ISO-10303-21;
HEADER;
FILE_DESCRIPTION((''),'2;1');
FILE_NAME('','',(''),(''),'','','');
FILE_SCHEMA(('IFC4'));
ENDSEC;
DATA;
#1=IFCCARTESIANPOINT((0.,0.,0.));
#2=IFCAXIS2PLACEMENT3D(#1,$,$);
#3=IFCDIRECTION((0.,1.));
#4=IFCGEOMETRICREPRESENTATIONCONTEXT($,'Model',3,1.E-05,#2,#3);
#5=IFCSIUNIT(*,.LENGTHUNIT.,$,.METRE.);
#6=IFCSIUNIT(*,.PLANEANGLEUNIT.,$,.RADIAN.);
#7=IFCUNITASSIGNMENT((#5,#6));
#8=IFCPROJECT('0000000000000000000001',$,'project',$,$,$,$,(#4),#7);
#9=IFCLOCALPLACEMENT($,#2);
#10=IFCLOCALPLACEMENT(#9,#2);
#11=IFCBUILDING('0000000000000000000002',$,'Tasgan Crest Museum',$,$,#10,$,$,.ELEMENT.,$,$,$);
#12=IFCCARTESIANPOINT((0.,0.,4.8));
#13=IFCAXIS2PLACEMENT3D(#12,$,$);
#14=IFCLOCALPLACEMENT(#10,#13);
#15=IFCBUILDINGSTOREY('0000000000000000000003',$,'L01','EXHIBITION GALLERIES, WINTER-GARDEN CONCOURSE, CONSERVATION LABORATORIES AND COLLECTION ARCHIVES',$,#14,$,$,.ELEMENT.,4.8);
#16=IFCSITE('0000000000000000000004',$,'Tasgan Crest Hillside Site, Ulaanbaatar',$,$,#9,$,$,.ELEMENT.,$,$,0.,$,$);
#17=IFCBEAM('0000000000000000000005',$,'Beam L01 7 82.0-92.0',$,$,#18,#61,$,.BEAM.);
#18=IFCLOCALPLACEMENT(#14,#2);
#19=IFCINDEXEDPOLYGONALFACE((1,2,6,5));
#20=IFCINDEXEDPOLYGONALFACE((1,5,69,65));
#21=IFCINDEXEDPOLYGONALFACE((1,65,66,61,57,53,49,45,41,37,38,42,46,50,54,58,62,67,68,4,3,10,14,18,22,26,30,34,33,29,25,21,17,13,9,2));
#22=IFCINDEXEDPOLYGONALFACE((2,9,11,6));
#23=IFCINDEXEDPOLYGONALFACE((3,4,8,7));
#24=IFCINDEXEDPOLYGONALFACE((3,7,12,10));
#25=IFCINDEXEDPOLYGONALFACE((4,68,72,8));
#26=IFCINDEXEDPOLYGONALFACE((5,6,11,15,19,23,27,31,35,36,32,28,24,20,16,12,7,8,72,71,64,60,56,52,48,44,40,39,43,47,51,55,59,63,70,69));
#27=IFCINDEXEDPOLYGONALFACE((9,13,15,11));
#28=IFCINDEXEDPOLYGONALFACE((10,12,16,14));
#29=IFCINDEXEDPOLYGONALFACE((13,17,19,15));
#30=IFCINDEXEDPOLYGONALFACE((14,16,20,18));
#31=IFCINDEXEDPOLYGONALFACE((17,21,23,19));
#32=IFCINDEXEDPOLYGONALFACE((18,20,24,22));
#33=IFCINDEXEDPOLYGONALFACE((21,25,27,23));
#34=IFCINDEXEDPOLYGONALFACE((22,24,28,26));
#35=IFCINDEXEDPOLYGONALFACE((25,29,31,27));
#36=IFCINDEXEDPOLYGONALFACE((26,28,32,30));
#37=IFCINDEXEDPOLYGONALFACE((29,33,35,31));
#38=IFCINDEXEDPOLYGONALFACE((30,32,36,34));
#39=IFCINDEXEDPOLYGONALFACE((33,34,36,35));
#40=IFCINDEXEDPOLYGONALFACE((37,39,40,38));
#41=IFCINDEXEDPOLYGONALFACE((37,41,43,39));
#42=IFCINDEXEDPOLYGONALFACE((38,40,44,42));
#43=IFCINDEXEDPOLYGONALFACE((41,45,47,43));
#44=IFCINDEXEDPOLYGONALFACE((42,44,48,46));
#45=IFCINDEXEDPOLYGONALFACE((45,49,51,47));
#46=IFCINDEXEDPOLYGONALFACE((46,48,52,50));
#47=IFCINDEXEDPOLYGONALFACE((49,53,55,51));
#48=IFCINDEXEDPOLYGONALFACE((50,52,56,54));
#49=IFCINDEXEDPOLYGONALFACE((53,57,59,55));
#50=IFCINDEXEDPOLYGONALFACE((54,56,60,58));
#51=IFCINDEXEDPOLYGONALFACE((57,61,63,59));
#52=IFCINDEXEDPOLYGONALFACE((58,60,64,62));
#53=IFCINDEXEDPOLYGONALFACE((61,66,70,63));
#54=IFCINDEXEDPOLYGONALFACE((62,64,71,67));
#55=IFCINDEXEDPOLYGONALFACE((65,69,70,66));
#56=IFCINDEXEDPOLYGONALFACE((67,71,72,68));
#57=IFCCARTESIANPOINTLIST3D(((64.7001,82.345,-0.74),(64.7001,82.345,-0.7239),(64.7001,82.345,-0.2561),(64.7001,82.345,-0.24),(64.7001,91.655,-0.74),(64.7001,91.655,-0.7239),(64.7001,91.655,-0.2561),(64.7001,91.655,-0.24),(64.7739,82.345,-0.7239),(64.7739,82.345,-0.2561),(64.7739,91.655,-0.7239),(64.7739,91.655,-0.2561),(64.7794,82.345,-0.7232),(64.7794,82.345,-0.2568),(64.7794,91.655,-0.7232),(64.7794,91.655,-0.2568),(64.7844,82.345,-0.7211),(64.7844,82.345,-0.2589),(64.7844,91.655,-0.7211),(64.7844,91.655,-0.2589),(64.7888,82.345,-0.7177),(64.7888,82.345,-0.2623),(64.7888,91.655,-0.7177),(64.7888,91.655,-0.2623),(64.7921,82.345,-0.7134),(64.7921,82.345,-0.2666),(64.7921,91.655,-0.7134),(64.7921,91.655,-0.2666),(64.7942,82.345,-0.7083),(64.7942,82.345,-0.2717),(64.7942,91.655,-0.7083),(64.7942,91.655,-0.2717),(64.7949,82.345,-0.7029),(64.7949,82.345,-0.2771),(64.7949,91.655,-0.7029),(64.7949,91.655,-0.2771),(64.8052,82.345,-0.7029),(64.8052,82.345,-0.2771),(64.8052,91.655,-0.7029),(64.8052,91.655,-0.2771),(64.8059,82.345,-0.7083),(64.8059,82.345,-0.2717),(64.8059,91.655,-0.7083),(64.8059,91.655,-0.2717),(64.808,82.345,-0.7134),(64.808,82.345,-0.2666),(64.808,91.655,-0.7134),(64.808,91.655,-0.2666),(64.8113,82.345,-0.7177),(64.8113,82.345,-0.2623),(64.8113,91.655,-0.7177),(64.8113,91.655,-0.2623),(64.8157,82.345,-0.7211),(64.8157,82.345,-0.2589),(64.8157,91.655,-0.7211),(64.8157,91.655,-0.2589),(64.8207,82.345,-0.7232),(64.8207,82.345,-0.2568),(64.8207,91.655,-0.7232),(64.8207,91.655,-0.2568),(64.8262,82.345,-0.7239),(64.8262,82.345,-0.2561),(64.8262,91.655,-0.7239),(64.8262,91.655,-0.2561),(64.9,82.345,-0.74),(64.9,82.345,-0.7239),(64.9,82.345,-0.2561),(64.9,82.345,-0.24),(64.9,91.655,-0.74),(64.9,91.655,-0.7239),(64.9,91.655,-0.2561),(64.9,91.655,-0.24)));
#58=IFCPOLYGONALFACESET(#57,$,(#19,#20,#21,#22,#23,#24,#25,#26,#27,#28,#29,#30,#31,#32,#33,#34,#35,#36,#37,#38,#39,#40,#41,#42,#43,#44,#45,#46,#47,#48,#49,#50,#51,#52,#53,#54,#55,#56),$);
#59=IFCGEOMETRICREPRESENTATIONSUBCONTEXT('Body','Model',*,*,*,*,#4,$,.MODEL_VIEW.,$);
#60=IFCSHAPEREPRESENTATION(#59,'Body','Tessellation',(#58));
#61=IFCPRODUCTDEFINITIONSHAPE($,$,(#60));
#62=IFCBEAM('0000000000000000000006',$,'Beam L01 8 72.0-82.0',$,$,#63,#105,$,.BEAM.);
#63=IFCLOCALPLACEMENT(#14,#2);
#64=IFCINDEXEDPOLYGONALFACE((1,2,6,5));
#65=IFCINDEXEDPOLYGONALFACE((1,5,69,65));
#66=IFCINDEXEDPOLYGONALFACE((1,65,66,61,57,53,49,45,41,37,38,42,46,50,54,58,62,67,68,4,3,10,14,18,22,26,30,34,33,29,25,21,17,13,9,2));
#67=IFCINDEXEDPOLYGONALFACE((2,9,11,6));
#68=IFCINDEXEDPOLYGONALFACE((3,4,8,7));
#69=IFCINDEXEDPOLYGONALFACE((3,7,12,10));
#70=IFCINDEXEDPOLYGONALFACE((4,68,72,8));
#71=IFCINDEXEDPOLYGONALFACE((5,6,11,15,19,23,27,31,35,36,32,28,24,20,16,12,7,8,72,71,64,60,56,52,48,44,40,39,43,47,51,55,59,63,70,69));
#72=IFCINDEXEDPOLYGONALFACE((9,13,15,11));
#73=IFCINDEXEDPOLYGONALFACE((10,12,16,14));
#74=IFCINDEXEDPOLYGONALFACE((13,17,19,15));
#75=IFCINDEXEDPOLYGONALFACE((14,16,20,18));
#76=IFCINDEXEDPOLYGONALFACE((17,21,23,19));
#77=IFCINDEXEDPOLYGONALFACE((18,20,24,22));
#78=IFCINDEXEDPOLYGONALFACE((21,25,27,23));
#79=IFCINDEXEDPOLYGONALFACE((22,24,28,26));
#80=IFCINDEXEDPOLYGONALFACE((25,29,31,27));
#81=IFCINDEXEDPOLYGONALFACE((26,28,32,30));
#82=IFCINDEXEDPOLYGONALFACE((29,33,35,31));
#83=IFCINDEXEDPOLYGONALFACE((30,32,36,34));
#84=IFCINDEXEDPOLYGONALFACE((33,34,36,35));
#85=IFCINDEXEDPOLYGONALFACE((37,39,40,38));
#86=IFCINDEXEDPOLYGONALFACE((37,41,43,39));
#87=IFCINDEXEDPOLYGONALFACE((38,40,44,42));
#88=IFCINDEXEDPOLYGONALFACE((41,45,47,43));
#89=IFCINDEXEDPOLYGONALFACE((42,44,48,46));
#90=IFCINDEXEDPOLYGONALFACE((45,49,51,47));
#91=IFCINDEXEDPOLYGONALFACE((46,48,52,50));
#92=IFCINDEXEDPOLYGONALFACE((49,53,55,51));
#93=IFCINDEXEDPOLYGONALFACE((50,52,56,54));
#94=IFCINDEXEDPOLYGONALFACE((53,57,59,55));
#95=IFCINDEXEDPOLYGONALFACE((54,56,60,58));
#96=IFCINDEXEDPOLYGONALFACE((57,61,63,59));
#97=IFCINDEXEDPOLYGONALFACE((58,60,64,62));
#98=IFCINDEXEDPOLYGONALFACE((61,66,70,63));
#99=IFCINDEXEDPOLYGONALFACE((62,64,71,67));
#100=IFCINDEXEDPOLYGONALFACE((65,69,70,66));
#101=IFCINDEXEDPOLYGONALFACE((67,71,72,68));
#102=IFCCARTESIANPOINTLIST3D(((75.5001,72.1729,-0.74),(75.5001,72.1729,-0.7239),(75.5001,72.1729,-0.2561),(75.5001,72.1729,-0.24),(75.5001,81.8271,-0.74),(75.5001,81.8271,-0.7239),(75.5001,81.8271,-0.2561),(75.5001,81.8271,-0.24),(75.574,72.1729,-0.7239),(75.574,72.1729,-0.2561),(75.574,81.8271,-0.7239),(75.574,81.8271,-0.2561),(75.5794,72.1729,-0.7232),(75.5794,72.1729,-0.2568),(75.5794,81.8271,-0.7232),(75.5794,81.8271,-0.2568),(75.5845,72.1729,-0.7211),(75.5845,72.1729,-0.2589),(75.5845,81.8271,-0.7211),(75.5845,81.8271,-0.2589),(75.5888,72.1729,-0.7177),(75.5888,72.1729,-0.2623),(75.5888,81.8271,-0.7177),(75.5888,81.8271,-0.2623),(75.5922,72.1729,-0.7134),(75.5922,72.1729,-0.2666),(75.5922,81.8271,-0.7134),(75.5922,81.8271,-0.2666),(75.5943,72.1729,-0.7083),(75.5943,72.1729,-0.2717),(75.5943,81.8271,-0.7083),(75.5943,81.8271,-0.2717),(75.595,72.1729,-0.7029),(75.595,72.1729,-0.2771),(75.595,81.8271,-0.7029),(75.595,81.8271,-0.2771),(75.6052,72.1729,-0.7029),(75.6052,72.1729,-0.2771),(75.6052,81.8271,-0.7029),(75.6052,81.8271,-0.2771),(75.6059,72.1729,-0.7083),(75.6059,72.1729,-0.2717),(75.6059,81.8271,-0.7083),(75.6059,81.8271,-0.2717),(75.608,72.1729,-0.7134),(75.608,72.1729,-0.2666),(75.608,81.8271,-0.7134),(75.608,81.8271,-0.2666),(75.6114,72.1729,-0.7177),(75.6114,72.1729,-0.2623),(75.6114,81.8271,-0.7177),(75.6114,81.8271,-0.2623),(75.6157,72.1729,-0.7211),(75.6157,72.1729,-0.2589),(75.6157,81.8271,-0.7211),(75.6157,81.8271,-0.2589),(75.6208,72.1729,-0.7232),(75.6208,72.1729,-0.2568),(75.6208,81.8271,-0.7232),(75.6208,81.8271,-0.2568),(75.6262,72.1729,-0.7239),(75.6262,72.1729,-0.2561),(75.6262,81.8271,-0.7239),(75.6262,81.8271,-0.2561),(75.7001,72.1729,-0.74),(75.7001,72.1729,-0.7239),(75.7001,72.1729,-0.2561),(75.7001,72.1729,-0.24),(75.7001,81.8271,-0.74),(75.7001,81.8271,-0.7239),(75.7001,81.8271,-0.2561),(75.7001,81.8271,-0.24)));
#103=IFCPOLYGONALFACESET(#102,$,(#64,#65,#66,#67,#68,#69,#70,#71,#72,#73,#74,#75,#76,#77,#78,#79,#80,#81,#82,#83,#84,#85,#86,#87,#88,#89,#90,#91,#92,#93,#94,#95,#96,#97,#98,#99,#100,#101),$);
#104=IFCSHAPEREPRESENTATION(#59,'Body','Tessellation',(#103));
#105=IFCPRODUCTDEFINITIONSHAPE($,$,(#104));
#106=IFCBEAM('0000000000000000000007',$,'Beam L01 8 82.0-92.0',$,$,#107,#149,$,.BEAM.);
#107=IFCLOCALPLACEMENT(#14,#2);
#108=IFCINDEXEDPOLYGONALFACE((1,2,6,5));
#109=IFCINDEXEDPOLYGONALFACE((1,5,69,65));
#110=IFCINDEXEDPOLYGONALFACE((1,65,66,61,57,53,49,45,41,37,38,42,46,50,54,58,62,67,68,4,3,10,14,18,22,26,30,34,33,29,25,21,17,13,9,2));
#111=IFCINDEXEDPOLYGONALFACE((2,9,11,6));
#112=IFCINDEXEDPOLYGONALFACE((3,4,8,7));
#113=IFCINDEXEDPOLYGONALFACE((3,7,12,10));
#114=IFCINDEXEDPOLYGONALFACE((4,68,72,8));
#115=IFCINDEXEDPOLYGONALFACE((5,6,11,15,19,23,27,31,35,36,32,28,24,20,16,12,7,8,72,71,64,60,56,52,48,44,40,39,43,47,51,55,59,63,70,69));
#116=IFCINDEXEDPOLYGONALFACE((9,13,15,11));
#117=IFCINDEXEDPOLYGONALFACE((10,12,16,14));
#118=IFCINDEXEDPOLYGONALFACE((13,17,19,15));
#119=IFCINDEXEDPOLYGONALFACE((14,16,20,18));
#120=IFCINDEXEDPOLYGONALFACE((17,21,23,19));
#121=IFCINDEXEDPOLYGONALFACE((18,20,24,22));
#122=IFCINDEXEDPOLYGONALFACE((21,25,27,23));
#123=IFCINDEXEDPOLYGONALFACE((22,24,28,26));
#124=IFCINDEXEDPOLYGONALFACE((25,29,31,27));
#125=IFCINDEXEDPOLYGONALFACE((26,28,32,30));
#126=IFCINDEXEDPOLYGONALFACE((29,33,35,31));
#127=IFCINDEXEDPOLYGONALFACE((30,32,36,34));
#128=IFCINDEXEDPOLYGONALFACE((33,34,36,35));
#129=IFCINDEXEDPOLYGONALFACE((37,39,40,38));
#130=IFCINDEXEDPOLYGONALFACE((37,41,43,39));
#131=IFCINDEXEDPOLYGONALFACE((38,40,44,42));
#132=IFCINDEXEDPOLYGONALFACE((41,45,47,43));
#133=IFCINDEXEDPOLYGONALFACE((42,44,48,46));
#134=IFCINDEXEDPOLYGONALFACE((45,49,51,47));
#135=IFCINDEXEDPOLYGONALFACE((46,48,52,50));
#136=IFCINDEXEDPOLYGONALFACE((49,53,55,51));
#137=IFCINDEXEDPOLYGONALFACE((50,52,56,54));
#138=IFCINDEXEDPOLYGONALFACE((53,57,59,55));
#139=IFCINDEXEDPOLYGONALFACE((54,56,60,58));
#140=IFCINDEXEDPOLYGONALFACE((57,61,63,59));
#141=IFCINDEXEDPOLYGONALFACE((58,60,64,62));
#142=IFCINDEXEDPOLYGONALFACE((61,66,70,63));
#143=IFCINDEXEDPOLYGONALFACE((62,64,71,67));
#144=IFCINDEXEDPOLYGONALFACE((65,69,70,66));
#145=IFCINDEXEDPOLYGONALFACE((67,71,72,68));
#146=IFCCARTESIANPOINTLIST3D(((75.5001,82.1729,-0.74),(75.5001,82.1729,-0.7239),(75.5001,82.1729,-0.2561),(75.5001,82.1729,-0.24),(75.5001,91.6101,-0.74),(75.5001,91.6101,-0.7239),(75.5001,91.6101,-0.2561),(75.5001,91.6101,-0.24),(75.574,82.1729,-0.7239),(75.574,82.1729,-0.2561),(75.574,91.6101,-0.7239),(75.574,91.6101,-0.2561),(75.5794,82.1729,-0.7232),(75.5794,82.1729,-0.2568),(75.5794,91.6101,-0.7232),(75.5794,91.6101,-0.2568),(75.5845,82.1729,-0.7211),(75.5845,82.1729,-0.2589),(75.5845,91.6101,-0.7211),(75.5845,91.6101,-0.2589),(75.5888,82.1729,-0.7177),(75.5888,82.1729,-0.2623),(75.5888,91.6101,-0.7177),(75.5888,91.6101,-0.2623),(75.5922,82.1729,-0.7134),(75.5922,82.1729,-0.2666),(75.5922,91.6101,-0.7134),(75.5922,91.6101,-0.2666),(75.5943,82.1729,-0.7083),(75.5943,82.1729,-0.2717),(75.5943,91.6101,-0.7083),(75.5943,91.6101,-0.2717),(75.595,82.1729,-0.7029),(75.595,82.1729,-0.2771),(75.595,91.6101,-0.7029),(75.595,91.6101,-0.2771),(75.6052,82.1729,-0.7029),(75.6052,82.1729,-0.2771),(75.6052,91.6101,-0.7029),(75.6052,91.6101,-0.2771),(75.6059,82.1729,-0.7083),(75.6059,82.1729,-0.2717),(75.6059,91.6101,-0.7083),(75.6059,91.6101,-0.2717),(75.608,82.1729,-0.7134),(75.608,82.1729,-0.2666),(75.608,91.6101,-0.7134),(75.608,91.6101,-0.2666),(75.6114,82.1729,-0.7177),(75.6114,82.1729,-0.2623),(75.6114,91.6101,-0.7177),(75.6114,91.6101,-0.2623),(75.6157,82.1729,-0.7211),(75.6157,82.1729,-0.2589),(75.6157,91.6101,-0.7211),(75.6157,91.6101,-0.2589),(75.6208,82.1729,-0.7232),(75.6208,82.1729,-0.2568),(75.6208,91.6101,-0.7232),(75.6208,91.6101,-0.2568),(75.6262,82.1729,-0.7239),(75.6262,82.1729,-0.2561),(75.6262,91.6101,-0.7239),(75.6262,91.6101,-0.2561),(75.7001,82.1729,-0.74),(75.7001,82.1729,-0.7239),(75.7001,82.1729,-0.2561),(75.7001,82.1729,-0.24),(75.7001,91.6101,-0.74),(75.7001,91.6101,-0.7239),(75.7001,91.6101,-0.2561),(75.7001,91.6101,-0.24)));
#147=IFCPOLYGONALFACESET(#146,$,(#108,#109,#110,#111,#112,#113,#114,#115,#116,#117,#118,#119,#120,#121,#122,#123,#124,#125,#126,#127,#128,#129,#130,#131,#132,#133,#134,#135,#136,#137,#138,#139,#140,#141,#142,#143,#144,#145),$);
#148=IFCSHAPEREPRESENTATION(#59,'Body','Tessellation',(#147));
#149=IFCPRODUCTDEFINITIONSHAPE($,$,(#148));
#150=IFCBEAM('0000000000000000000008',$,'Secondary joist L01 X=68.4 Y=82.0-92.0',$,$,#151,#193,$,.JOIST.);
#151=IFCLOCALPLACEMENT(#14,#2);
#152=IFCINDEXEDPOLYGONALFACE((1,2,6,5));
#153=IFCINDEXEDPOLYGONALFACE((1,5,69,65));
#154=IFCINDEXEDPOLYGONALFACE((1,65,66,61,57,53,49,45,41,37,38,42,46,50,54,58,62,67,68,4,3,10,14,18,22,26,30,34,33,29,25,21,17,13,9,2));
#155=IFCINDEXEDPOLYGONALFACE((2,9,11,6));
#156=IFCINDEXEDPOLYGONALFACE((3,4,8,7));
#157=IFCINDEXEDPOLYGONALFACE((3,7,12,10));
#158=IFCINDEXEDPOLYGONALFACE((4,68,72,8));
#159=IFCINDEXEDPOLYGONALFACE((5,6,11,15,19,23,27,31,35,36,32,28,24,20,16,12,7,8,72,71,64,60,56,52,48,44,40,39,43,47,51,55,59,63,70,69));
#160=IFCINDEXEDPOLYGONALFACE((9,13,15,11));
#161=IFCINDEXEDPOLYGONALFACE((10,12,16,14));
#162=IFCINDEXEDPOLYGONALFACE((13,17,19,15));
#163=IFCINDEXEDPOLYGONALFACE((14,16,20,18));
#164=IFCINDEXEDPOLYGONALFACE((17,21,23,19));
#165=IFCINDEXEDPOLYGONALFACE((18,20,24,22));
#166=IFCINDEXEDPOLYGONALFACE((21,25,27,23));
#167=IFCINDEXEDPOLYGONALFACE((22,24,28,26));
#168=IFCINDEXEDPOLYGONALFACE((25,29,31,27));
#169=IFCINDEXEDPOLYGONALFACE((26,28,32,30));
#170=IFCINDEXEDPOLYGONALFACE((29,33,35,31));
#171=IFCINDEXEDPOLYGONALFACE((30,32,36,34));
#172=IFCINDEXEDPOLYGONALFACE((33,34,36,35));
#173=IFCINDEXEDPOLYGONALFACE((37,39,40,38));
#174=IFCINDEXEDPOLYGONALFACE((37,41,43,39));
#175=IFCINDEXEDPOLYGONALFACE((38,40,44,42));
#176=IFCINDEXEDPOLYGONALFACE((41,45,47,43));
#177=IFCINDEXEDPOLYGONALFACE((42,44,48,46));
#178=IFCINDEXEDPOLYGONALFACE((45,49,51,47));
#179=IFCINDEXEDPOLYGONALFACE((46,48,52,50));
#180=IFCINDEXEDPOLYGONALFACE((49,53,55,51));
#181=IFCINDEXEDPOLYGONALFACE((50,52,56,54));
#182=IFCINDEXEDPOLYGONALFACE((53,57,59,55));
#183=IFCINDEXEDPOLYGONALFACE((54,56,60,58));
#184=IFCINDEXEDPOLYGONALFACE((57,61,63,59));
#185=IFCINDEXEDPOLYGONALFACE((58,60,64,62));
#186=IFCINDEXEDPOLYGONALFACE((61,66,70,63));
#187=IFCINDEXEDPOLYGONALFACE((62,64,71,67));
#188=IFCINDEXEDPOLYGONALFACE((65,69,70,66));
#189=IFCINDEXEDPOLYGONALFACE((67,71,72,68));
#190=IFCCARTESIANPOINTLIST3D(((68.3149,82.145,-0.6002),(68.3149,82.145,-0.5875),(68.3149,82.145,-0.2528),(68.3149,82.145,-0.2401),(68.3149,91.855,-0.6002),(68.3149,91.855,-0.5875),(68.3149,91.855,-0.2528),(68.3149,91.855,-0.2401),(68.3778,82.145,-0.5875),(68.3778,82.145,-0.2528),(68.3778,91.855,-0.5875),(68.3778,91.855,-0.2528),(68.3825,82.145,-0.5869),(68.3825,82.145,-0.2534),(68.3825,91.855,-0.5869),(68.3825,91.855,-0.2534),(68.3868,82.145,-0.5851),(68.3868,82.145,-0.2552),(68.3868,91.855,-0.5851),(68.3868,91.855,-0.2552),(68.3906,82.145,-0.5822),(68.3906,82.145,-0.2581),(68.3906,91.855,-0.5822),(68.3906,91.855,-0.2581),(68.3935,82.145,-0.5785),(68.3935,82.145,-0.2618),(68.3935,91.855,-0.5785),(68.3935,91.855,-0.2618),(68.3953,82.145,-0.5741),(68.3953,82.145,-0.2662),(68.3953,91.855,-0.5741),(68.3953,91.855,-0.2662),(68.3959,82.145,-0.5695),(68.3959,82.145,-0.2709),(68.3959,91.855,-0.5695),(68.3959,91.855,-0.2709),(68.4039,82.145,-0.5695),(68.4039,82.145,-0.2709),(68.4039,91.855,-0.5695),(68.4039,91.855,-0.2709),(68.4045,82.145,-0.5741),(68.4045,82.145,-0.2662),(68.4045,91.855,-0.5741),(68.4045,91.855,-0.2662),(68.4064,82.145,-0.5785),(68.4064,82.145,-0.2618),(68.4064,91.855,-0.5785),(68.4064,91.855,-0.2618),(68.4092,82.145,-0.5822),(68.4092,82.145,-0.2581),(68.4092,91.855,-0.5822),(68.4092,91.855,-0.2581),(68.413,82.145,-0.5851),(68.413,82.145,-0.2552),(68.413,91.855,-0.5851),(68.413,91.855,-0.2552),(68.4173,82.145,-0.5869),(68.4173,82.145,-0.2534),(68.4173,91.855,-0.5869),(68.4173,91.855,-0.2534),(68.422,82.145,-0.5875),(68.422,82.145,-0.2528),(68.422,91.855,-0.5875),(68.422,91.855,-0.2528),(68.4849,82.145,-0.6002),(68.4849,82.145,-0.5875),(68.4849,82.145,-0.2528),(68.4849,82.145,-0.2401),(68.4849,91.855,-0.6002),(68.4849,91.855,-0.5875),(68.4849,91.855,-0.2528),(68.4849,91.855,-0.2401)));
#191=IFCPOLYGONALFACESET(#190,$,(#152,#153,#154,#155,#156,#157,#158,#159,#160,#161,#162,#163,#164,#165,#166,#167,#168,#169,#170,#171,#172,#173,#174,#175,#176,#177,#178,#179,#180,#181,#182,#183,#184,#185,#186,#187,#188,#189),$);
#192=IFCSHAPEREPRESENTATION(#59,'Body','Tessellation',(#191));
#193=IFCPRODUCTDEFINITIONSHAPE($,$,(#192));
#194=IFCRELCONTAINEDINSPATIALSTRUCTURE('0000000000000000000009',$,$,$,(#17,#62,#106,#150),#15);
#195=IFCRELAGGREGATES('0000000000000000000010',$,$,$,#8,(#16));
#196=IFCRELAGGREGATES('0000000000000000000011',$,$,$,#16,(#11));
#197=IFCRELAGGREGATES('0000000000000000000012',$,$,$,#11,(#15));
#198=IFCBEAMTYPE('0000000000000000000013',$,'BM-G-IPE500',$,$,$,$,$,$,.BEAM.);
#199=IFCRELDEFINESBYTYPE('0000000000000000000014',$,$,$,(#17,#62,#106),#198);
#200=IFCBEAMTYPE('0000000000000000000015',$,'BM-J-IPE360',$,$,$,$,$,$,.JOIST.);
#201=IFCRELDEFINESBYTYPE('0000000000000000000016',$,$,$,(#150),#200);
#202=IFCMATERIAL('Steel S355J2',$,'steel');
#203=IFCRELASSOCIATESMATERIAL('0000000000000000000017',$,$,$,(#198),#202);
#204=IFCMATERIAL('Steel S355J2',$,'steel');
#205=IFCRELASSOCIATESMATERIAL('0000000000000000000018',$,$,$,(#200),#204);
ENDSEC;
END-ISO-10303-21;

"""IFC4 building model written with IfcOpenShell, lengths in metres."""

from ifc_helpers import new_model, si_unit, direction, frame, origin, origin_2d, place, context, subcontext, project, spatial, i_section, extrude, material, material_profile, profile_set, type_object, element, save


model = new_model("IFC4")

# Units and contexts
model_context = context("Model", 3, precision=1e-05, world=origin(), true_north=direction((0.0, 1.0)))
body_context = subcontext(model_context, "Body", "Model", "MODEL_VIEW")
ifc_project = project(units=[si_unit("LENGTHUNIT", "METRE"), si_unit("PLANEANGLEUNIT", "RADIAN")], contexts=[model_context])

# Site, building, storey
site_placement = place(None, origin())
site = spatial("IfcSite", under=ifc_project, at=site_placement, Name="Tasgan Crest Hillside Site, Ulaanbaatar", CompositionType="ELEMENT", RefElevation=0.0)
building_placement = place(site_placement, origin())
building = spatial("IfcBuilding", under=site, at=building_placement, Name="Tasgan Crest Museum", CompositionType="ELEMENT")
storey_placement = place(building_placement, frame((0.0, 0.0, 4.8)))
storey = spatial("IfcBuildingStorey", under=building, at=storey_placement, Name="L01", Description="EXHIBITION GALLERIES, WINTER-GARDEN CONCOURSE, CONSERVATION LABORATORIES AND COLLECTION ARCHIVES", CompositionType="ELEMENT", Elevation=4.8)

# Beams
ifc_material_1 = material(Name="Steel S355J2", Category="steel")
ifc_material_profile_1 = material_profile(ifc_material_1, i_section(OverallWidth=0.2, OverallDepth=0.5, WebThickness=0.0103, FlangeThickness=0.0161, FilletRadius=0.021, at=origin_2d()), Name="IPE 500")
ifc_profile_set_1 = profile_set([ifc_material_profile_1], Name="Steel S355J2")
beam_type_1 = type_object("IfcBeamType", Name="BM-G-IPE500", PredefinedType="BEAM", material=ifc_profile_set_1)
beam_1_placement = place(storey_placement, frame((64.8, 82.345, -0.49), z_axis=(0.0, 1.0, 0.0), x_axis=(-1.0, 0.0, 0.0)))
element("IfcBeam", 1, at=beam_1_placement, inside=storey, type_object=beam_type_1, Name="Beam L01 7 82.0-92.0", PredefinedType="BEAM", context=body_context, shape_type="SweptSolid", body=[
    extrude(i_section(OverallWidth=0.2, OverallDepth=0.5, WebThickness=0.0103, FlangeThickness=0.0161, FilletRadius=0.021, at=origin_2d()), origin(), (0.0, 0.0, 1.0), 9.3101),
])
beam_2_placement = place(storey_placement, frame((75.6001, 72.1729, -0.49), z_axis=(0.0, 1.0, 0.0), x_axis=(-1.0, 0.0, 0.0)))
element("IfcBeam", 2, at=beam_2_placement, inside=storey, type_object=beam_type_1, Name="Beam L01 8 72.0-82.0", PredefinedType="BEAM", context=body_context, shape_type="SweptSolid", body=[
    extrude(i_section(OverallWidth=0.2, OverallDepth=0.5, WebThickness=0.0103, FlangeThickness=0.0161, FilletRadius=0.021, at=origin_2d()), origin(), (0.0, 0.0, 1.0), 9.6543),
])
beam_3_placement = place(storey_placement, frame((75.6001, 82.1729, -0.49), z_axis=(0.0, 1.0, 0.0), x_axis=(-1.0, 0.0, 0.0)))
element("IfcBeam", 3, at=beam_3_placement, inside=storey, type_object=beam_type_1, Name="Beam L01 8 82.0-92.0", PredefinedType="BEAM", context=body_context, shape_type="SweptSolid", body=[
    extrude(i_section(OverallWidth=0.2, OverallDepth=0.5, WebThickness=0.0103, FlangeThickness=0.0161, FilletRadius=0.021, at=origin_2d()), origin(), (0.0, 0.0, 1.0), 9.4373),
])
ifc_material_2 = material(Name="Steel S355J2", Category="steel")
ifc_material_profile_2 = material_profile(ifc_material_2, i_section(OverallWidth=0.1699, OverallDepth=0.3601, WebThickness=0.0081, FlangeThickness=0.0127, FilletRadius=0.0181, at=origin_2d()), Name="IPE 360")
ifc_profile_set_2 = profile_set([ifc_material_profile_2], Name="Steel S355J2")
beam_type_2 = type_object("IfcBeamType", Name="BM-J-IPE360", PredefinedType="JOIST", material=ifc_profile_set_2)
for number, where, z_axis, x_axis, name in (
    (4, (68.3999, 82.145, -0.4202), (0.0, 1.0, 0.0), (-1.0, 0.0, 0.0), "Secondary joist L01 X=68.4 Y=82.0-92.0"),
):
    element("IfcBeam", number, at=place(storey_placement, frame(where, z_axis=z_axis, x_axis=x_axis)), inside=storey, type_object=beam_type_2, Name=name, PredefinedType="JOIST", context=body_context, shape_type="SweptSolid", body=[
        extrude(i_section(OverallWidth=0.1699, OverallDepth=0.3601, WebThickness=0.0081, FlangeThickness=0.0127, FilletRadius=0.0181, at=origin_2d()), origin(), (0.0, 0.0, 1.0), 9.71),
    ])

save(model, "model.ifc")
